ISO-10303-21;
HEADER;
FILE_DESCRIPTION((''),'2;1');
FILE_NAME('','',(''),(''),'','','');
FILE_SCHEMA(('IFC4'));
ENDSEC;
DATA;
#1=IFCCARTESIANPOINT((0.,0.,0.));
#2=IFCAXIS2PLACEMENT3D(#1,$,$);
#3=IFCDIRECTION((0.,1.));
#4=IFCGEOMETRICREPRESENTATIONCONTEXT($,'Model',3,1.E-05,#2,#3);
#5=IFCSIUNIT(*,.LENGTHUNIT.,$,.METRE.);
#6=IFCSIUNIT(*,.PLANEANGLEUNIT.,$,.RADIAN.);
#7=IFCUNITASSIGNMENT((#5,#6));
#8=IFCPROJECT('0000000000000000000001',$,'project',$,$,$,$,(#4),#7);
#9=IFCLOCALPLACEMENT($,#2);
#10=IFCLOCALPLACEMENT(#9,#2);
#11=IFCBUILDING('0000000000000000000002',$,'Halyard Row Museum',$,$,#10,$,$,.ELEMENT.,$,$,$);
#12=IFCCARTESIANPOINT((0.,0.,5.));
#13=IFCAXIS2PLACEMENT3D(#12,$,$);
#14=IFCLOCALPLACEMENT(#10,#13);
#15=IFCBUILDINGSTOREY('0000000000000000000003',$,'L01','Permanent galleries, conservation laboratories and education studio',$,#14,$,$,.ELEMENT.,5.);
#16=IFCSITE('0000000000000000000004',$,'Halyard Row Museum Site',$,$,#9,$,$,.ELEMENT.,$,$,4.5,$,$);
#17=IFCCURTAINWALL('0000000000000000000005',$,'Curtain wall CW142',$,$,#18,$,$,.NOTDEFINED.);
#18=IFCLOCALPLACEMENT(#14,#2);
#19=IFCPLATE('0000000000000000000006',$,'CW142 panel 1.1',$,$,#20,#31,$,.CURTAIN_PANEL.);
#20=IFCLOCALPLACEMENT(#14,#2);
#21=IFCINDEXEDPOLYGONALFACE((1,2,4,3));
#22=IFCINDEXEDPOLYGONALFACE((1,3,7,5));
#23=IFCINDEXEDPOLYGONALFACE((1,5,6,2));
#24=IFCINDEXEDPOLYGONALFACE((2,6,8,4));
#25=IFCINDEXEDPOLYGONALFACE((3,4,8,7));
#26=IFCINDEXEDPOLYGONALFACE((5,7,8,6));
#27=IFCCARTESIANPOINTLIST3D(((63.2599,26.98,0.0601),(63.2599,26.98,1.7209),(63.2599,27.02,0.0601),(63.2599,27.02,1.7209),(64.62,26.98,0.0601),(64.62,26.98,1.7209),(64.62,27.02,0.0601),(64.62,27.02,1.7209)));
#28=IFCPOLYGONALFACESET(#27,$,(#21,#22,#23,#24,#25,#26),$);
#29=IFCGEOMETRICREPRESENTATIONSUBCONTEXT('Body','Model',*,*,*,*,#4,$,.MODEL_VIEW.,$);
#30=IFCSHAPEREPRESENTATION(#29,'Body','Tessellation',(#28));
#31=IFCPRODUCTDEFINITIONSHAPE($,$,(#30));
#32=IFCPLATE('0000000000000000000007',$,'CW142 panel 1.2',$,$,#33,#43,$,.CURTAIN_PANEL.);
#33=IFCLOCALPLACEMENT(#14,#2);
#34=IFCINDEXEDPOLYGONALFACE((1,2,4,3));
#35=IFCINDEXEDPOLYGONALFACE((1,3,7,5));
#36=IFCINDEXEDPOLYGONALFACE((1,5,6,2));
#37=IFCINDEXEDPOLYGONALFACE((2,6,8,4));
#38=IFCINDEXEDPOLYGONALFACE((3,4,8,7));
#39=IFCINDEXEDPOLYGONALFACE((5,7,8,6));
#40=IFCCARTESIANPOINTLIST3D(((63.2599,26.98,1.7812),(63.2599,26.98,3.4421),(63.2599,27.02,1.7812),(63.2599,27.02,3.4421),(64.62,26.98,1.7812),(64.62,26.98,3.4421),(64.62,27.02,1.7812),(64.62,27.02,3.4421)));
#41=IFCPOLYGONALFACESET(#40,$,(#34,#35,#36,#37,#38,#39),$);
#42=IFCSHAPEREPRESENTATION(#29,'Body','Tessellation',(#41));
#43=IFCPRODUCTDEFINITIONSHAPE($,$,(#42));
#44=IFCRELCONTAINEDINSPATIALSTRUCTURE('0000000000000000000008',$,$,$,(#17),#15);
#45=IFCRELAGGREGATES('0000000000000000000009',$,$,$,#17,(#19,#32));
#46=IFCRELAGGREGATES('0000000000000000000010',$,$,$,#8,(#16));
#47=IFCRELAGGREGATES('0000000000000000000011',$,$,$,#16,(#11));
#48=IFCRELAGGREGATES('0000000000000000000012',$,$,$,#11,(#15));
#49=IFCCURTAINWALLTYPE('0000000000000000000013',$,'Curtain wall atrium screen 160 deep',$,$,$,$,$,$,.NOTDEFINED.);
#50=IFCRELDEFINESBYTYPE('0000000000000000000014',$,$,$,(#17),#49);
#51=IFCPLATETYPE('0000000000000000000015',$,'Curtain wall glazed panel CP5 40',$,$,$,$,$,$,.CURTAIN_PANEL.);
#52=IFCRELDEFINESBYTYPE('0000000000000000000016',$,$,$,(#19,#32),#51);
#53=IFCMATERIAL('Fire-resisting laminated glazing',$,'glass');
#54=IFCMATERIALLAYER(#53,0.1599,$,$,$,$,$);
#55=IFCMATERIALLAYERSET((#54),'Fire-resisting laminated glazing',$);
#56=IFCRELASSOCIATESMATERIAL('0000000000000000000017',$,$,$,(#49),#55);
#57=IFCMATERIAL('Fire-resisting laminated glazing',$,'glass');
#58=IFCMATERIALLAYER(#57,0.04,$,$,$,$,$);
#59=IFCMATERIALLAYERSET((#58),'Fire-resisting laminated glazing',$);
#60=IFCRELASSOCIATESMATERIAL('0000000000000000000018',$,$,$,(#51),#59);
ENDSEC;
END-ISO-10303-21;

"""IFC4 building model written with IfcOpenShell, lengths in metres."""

from ifc_helpers import new_model, si_unit, direction, frame, origin, origin_2d, place, context, subcontext, project, spatial, rectangle, extrude, material, layer, layer_set, type_object, element, aggregate, save


model = new_model("IFC4")

# Units and contexts
model_context = context("Model", 3, precision=1e-05, world=origin(), true_north=direction((0.0, 1.0)))
body_context = subcontext(model_context, "Body", "Model", "MODEL_VIEW")
ifc_project = project(units=[si_unit("LENGTHUNIT", "METRE"), si_unit("PLANEANGLEUNIT", "RADIAN")], contexts=[model_context])

# Site, building, storey
site_placement = place(None, origin())
site = spatial("IfcSite", under=ifc_project, at=site_placement, Name="Halyard Row Museum Site", CompositionType="ELEMENT", RefElevation=4.5)
building_placement = place(site_placement, origin())
building = spatial("IfcBuilding", under=site, at=building_placement, Name="Halyard Row Museum", CompositionType="ELEMENT")
storey_placement = place(building_placement, frame((0.0, 0.0, 5.0)))
storey = spatial("IfcBuildingStorey", under=building, at=storey_placement, Name="L01", Description="Permanent galleries, conservation laboratories and education studio", CompositionType="ELEMENT", Elevation=5.0)

# Curtain wall
ifc_material_1 = material(Name="Fire-resisting laminated glazing", Category="glass")
ifc_layer_1 = layer(ifc_material_1, 0.1599)
ifc_layer_set_1 = layer_set([ifc_layer_1], Name="Fire-resisting laminated glazing")
curtain_wall_type = type_object("IfcCurtainWallType", Name="Curtain wall atrium screen 160 deep", PredefinedType="NOTDEFINED", material=ifc_layer_set_1)
curtain_wall_placement = place(storey_placement, origin())
curtain_wall = element("IfcCurtainWall", 1, at=curtain_wall_placement, inside=storey, type_object=curtain_wall_type, Name="Curtain wall CW142", PredefinedType="NOTDEFINED")

# Plates
ifc_material_2 = material(Name="Fire-resisting laminated glazing", Category="glass")
ifc_layer_2 = layer(ifc_material_2, 0.04)
ifc_layer_set_2 = layer_set([ifc_layer_2], Name="Fire-resisting laminated glazing")
plate_type = type_object("IfcPlateType", Name="Curtain wall glazed panel CP5 40", PredefinedType="CURTAIN_PANEL", material=ifc_layer_set_2)
plate_1_placement = place(storey_placement, frame((63.9399, 27.0, 0.0601), z_axis=(0.0, 0.0, 1.0), x_axis=(1.0, 0.0, 0.0)))
plate_1 = element("IfcPlate", 2, at=plate_1_placement, type_object=plate_type, Name="CW142 panel 1.1", PredefinedType="CURTAIN_PANEL", context=body_context, shape_type="SweptSolid", body=[
    extrude(rectangle(XDim=1.3601, YDim=0.04, at=origin_2d()), origin(), (0.0, 0.0, 1.0), 1.6609),
])
plate_2_placement = place(storey_placement, frame((63.9399, 27.0, 1.7812), z_axis=(0.0, 0.0, 1.0), x_axis=(1.0, 0.0, 0.0)))
plate_2 = element("IfcPlate", 3, at=plate_2_placement, type_object=plate_type, Name="CW142 panel 1.2", PredefinedType="CURTAIN_PANEL", context=body_context, shape_type="SweptSolid", body=[
    extrude(rectangle(XDim=1.3601, YDim=0.04, at=origin_2d()), origin(), (0.0, 0.0, 1.0), 1.6609),
])
aggregate(curtain_wall, [plate_1, plate_2])

save(model, "model.ifc")
